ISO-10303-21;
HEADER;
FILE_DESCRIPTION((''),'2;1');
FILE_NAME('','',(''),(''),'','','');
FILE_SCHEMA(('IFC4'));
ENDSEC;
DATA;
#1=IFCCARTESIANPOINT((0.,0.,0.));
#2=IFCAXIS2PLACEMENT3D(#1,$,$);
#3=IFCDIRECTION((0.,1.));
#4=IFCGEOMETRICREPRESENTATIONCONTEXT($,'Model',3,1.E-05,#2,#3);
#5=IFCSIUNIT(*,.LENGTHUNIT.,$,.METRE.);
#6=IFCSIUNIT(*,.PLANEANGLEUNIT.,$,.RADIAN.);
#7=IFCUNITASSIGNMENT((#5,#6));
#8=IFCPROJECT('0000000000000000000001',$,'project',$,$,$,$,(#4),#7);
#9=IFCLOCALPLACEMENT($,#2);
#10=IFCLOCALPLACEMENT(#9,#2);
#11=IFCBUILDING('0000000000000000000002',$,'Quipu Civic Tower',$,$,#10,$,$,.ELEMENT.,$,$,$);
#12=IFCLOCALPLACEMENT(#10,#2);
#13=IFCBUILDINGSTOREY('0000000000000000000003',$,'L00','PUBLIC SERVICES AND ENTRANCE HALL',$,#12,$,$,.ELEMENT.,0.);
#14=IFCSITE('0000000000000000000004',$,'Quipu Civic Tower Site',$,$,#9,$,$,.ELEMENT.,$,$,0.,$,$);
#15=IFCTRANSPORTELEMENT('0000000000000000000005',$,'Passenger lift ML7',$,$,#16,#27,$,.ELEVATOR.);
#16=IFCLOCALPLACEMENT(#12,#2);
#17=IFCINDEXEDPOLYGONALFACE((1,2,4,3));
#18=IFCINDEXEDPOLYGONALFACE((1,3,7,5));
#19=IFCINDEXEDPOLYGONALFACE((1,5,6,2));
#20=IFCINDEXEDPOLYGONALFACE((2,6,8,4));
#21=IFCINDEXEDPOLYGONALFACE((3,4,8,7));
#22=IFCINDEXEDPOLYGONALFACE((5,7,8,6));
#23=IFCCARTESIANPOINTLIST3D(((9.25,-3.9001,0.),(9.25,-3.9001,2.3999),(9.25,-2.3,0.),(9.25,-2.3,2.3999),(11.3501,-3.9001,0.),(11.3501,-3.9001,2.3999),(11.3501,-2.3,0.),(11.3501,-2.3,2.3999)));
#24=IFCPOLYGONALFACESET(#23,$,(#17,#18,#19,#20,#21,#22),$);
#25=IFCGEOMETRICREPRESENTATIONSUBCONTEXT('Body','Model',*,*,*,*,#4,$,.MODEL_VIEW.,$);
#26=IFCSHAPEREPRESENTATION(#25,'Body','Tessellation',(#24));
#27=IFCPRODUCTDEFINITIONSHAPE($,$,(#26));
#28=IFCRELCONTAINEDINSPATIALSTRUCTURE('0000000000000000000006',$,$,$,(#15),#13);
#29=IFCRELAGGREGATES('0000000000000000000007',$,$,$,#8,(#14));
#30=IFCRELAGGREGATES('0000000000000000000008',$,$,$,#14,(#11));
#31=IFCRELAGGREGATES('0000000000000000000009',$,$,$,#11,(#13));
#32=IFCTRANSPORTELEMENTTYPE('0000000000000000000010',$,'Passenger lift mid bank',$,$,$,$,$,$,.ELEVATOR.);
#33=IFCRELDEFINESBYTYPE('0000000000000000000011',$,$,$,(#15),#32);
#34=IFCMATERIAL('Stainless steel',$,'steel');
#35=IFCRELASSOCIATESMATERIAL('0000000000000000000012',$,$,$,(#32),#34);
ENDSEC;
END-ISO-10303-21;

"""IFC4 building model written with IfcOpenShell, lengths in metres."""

from ifc_helpers import new_model, si_unit, direction, frame, origin, origin_2d, place, context, subcontext, project, spatial, rectangle, extrude, material, type_object, element, save


model = new_model("IFC4")

# Units and contexts
model_context = context("Model", 3, precision=1e-05, world=origin(), true_north=direction((0.0, 1.0)))
body_context = subcontext(model_context, "Body", "Model", "MODEL_VIEW")
ifc_project = project(units=[si_unit("LENGTHUNIT", "METRE"), si_unit("PLANEANGLEUNIT", "RADIAN")], contexts=[model_context])

# Site, building, storey
site_placement = place(None, origin())
site = spatial("IfcSite", under=ifc_project, at=site_placement, Name="Quipu Civic Tower Site", CompositionType="ELEMENT", RefElevation=0.0)
building_placement = place(site_placement, origin())
building = spatial("IfcBuilding", under=site, at=building_placement, Name="Quipu Civic Tower", CompositionType="ELEMENT")
storey_placement = place(building_placement, origin())
storey = spatial("IfcBuildingStorey", under=building, at=storey_placement, Name="L00", Description="PUBLIC SERVICES AND ENTRANCE HALL", CompositionType="ELEMENT", Elevation=0.0)

# Transport element
ifc_material_1 = material(Name="Stainless steel", Category="steel")
transport_element_type_1 = type_object("IfcTransportElementType", Name="Passenger lift mid bank", PredefinedType="ELEVATOR", material=ifc_material_1)
for number, where, z_axis, x_axis, name in (
    (1, (10.3, -3.1001, 0.0), (0.0, 0.0, 1.0), (1.0, 0.0, 0.0), "Passenger lift ML7"),
):
    element("IfcTransportElement", number, at=place(storey_placement, frame(where, z_axis=z_axis, x_axis=x_axis)), inside=storey, type_object=transport_element_type_1, Name=name, PredefinedType="ELEVATOR", context=body_context, shape_type="SweptSolid", body=[
        extrude(rectangle(XDim=2.1001, YDim=1.6001, at=origin_2d()), origin(), (0.0, 0.0, 1.0), 2.3999),
    ])

save(model, "model.ifc")
